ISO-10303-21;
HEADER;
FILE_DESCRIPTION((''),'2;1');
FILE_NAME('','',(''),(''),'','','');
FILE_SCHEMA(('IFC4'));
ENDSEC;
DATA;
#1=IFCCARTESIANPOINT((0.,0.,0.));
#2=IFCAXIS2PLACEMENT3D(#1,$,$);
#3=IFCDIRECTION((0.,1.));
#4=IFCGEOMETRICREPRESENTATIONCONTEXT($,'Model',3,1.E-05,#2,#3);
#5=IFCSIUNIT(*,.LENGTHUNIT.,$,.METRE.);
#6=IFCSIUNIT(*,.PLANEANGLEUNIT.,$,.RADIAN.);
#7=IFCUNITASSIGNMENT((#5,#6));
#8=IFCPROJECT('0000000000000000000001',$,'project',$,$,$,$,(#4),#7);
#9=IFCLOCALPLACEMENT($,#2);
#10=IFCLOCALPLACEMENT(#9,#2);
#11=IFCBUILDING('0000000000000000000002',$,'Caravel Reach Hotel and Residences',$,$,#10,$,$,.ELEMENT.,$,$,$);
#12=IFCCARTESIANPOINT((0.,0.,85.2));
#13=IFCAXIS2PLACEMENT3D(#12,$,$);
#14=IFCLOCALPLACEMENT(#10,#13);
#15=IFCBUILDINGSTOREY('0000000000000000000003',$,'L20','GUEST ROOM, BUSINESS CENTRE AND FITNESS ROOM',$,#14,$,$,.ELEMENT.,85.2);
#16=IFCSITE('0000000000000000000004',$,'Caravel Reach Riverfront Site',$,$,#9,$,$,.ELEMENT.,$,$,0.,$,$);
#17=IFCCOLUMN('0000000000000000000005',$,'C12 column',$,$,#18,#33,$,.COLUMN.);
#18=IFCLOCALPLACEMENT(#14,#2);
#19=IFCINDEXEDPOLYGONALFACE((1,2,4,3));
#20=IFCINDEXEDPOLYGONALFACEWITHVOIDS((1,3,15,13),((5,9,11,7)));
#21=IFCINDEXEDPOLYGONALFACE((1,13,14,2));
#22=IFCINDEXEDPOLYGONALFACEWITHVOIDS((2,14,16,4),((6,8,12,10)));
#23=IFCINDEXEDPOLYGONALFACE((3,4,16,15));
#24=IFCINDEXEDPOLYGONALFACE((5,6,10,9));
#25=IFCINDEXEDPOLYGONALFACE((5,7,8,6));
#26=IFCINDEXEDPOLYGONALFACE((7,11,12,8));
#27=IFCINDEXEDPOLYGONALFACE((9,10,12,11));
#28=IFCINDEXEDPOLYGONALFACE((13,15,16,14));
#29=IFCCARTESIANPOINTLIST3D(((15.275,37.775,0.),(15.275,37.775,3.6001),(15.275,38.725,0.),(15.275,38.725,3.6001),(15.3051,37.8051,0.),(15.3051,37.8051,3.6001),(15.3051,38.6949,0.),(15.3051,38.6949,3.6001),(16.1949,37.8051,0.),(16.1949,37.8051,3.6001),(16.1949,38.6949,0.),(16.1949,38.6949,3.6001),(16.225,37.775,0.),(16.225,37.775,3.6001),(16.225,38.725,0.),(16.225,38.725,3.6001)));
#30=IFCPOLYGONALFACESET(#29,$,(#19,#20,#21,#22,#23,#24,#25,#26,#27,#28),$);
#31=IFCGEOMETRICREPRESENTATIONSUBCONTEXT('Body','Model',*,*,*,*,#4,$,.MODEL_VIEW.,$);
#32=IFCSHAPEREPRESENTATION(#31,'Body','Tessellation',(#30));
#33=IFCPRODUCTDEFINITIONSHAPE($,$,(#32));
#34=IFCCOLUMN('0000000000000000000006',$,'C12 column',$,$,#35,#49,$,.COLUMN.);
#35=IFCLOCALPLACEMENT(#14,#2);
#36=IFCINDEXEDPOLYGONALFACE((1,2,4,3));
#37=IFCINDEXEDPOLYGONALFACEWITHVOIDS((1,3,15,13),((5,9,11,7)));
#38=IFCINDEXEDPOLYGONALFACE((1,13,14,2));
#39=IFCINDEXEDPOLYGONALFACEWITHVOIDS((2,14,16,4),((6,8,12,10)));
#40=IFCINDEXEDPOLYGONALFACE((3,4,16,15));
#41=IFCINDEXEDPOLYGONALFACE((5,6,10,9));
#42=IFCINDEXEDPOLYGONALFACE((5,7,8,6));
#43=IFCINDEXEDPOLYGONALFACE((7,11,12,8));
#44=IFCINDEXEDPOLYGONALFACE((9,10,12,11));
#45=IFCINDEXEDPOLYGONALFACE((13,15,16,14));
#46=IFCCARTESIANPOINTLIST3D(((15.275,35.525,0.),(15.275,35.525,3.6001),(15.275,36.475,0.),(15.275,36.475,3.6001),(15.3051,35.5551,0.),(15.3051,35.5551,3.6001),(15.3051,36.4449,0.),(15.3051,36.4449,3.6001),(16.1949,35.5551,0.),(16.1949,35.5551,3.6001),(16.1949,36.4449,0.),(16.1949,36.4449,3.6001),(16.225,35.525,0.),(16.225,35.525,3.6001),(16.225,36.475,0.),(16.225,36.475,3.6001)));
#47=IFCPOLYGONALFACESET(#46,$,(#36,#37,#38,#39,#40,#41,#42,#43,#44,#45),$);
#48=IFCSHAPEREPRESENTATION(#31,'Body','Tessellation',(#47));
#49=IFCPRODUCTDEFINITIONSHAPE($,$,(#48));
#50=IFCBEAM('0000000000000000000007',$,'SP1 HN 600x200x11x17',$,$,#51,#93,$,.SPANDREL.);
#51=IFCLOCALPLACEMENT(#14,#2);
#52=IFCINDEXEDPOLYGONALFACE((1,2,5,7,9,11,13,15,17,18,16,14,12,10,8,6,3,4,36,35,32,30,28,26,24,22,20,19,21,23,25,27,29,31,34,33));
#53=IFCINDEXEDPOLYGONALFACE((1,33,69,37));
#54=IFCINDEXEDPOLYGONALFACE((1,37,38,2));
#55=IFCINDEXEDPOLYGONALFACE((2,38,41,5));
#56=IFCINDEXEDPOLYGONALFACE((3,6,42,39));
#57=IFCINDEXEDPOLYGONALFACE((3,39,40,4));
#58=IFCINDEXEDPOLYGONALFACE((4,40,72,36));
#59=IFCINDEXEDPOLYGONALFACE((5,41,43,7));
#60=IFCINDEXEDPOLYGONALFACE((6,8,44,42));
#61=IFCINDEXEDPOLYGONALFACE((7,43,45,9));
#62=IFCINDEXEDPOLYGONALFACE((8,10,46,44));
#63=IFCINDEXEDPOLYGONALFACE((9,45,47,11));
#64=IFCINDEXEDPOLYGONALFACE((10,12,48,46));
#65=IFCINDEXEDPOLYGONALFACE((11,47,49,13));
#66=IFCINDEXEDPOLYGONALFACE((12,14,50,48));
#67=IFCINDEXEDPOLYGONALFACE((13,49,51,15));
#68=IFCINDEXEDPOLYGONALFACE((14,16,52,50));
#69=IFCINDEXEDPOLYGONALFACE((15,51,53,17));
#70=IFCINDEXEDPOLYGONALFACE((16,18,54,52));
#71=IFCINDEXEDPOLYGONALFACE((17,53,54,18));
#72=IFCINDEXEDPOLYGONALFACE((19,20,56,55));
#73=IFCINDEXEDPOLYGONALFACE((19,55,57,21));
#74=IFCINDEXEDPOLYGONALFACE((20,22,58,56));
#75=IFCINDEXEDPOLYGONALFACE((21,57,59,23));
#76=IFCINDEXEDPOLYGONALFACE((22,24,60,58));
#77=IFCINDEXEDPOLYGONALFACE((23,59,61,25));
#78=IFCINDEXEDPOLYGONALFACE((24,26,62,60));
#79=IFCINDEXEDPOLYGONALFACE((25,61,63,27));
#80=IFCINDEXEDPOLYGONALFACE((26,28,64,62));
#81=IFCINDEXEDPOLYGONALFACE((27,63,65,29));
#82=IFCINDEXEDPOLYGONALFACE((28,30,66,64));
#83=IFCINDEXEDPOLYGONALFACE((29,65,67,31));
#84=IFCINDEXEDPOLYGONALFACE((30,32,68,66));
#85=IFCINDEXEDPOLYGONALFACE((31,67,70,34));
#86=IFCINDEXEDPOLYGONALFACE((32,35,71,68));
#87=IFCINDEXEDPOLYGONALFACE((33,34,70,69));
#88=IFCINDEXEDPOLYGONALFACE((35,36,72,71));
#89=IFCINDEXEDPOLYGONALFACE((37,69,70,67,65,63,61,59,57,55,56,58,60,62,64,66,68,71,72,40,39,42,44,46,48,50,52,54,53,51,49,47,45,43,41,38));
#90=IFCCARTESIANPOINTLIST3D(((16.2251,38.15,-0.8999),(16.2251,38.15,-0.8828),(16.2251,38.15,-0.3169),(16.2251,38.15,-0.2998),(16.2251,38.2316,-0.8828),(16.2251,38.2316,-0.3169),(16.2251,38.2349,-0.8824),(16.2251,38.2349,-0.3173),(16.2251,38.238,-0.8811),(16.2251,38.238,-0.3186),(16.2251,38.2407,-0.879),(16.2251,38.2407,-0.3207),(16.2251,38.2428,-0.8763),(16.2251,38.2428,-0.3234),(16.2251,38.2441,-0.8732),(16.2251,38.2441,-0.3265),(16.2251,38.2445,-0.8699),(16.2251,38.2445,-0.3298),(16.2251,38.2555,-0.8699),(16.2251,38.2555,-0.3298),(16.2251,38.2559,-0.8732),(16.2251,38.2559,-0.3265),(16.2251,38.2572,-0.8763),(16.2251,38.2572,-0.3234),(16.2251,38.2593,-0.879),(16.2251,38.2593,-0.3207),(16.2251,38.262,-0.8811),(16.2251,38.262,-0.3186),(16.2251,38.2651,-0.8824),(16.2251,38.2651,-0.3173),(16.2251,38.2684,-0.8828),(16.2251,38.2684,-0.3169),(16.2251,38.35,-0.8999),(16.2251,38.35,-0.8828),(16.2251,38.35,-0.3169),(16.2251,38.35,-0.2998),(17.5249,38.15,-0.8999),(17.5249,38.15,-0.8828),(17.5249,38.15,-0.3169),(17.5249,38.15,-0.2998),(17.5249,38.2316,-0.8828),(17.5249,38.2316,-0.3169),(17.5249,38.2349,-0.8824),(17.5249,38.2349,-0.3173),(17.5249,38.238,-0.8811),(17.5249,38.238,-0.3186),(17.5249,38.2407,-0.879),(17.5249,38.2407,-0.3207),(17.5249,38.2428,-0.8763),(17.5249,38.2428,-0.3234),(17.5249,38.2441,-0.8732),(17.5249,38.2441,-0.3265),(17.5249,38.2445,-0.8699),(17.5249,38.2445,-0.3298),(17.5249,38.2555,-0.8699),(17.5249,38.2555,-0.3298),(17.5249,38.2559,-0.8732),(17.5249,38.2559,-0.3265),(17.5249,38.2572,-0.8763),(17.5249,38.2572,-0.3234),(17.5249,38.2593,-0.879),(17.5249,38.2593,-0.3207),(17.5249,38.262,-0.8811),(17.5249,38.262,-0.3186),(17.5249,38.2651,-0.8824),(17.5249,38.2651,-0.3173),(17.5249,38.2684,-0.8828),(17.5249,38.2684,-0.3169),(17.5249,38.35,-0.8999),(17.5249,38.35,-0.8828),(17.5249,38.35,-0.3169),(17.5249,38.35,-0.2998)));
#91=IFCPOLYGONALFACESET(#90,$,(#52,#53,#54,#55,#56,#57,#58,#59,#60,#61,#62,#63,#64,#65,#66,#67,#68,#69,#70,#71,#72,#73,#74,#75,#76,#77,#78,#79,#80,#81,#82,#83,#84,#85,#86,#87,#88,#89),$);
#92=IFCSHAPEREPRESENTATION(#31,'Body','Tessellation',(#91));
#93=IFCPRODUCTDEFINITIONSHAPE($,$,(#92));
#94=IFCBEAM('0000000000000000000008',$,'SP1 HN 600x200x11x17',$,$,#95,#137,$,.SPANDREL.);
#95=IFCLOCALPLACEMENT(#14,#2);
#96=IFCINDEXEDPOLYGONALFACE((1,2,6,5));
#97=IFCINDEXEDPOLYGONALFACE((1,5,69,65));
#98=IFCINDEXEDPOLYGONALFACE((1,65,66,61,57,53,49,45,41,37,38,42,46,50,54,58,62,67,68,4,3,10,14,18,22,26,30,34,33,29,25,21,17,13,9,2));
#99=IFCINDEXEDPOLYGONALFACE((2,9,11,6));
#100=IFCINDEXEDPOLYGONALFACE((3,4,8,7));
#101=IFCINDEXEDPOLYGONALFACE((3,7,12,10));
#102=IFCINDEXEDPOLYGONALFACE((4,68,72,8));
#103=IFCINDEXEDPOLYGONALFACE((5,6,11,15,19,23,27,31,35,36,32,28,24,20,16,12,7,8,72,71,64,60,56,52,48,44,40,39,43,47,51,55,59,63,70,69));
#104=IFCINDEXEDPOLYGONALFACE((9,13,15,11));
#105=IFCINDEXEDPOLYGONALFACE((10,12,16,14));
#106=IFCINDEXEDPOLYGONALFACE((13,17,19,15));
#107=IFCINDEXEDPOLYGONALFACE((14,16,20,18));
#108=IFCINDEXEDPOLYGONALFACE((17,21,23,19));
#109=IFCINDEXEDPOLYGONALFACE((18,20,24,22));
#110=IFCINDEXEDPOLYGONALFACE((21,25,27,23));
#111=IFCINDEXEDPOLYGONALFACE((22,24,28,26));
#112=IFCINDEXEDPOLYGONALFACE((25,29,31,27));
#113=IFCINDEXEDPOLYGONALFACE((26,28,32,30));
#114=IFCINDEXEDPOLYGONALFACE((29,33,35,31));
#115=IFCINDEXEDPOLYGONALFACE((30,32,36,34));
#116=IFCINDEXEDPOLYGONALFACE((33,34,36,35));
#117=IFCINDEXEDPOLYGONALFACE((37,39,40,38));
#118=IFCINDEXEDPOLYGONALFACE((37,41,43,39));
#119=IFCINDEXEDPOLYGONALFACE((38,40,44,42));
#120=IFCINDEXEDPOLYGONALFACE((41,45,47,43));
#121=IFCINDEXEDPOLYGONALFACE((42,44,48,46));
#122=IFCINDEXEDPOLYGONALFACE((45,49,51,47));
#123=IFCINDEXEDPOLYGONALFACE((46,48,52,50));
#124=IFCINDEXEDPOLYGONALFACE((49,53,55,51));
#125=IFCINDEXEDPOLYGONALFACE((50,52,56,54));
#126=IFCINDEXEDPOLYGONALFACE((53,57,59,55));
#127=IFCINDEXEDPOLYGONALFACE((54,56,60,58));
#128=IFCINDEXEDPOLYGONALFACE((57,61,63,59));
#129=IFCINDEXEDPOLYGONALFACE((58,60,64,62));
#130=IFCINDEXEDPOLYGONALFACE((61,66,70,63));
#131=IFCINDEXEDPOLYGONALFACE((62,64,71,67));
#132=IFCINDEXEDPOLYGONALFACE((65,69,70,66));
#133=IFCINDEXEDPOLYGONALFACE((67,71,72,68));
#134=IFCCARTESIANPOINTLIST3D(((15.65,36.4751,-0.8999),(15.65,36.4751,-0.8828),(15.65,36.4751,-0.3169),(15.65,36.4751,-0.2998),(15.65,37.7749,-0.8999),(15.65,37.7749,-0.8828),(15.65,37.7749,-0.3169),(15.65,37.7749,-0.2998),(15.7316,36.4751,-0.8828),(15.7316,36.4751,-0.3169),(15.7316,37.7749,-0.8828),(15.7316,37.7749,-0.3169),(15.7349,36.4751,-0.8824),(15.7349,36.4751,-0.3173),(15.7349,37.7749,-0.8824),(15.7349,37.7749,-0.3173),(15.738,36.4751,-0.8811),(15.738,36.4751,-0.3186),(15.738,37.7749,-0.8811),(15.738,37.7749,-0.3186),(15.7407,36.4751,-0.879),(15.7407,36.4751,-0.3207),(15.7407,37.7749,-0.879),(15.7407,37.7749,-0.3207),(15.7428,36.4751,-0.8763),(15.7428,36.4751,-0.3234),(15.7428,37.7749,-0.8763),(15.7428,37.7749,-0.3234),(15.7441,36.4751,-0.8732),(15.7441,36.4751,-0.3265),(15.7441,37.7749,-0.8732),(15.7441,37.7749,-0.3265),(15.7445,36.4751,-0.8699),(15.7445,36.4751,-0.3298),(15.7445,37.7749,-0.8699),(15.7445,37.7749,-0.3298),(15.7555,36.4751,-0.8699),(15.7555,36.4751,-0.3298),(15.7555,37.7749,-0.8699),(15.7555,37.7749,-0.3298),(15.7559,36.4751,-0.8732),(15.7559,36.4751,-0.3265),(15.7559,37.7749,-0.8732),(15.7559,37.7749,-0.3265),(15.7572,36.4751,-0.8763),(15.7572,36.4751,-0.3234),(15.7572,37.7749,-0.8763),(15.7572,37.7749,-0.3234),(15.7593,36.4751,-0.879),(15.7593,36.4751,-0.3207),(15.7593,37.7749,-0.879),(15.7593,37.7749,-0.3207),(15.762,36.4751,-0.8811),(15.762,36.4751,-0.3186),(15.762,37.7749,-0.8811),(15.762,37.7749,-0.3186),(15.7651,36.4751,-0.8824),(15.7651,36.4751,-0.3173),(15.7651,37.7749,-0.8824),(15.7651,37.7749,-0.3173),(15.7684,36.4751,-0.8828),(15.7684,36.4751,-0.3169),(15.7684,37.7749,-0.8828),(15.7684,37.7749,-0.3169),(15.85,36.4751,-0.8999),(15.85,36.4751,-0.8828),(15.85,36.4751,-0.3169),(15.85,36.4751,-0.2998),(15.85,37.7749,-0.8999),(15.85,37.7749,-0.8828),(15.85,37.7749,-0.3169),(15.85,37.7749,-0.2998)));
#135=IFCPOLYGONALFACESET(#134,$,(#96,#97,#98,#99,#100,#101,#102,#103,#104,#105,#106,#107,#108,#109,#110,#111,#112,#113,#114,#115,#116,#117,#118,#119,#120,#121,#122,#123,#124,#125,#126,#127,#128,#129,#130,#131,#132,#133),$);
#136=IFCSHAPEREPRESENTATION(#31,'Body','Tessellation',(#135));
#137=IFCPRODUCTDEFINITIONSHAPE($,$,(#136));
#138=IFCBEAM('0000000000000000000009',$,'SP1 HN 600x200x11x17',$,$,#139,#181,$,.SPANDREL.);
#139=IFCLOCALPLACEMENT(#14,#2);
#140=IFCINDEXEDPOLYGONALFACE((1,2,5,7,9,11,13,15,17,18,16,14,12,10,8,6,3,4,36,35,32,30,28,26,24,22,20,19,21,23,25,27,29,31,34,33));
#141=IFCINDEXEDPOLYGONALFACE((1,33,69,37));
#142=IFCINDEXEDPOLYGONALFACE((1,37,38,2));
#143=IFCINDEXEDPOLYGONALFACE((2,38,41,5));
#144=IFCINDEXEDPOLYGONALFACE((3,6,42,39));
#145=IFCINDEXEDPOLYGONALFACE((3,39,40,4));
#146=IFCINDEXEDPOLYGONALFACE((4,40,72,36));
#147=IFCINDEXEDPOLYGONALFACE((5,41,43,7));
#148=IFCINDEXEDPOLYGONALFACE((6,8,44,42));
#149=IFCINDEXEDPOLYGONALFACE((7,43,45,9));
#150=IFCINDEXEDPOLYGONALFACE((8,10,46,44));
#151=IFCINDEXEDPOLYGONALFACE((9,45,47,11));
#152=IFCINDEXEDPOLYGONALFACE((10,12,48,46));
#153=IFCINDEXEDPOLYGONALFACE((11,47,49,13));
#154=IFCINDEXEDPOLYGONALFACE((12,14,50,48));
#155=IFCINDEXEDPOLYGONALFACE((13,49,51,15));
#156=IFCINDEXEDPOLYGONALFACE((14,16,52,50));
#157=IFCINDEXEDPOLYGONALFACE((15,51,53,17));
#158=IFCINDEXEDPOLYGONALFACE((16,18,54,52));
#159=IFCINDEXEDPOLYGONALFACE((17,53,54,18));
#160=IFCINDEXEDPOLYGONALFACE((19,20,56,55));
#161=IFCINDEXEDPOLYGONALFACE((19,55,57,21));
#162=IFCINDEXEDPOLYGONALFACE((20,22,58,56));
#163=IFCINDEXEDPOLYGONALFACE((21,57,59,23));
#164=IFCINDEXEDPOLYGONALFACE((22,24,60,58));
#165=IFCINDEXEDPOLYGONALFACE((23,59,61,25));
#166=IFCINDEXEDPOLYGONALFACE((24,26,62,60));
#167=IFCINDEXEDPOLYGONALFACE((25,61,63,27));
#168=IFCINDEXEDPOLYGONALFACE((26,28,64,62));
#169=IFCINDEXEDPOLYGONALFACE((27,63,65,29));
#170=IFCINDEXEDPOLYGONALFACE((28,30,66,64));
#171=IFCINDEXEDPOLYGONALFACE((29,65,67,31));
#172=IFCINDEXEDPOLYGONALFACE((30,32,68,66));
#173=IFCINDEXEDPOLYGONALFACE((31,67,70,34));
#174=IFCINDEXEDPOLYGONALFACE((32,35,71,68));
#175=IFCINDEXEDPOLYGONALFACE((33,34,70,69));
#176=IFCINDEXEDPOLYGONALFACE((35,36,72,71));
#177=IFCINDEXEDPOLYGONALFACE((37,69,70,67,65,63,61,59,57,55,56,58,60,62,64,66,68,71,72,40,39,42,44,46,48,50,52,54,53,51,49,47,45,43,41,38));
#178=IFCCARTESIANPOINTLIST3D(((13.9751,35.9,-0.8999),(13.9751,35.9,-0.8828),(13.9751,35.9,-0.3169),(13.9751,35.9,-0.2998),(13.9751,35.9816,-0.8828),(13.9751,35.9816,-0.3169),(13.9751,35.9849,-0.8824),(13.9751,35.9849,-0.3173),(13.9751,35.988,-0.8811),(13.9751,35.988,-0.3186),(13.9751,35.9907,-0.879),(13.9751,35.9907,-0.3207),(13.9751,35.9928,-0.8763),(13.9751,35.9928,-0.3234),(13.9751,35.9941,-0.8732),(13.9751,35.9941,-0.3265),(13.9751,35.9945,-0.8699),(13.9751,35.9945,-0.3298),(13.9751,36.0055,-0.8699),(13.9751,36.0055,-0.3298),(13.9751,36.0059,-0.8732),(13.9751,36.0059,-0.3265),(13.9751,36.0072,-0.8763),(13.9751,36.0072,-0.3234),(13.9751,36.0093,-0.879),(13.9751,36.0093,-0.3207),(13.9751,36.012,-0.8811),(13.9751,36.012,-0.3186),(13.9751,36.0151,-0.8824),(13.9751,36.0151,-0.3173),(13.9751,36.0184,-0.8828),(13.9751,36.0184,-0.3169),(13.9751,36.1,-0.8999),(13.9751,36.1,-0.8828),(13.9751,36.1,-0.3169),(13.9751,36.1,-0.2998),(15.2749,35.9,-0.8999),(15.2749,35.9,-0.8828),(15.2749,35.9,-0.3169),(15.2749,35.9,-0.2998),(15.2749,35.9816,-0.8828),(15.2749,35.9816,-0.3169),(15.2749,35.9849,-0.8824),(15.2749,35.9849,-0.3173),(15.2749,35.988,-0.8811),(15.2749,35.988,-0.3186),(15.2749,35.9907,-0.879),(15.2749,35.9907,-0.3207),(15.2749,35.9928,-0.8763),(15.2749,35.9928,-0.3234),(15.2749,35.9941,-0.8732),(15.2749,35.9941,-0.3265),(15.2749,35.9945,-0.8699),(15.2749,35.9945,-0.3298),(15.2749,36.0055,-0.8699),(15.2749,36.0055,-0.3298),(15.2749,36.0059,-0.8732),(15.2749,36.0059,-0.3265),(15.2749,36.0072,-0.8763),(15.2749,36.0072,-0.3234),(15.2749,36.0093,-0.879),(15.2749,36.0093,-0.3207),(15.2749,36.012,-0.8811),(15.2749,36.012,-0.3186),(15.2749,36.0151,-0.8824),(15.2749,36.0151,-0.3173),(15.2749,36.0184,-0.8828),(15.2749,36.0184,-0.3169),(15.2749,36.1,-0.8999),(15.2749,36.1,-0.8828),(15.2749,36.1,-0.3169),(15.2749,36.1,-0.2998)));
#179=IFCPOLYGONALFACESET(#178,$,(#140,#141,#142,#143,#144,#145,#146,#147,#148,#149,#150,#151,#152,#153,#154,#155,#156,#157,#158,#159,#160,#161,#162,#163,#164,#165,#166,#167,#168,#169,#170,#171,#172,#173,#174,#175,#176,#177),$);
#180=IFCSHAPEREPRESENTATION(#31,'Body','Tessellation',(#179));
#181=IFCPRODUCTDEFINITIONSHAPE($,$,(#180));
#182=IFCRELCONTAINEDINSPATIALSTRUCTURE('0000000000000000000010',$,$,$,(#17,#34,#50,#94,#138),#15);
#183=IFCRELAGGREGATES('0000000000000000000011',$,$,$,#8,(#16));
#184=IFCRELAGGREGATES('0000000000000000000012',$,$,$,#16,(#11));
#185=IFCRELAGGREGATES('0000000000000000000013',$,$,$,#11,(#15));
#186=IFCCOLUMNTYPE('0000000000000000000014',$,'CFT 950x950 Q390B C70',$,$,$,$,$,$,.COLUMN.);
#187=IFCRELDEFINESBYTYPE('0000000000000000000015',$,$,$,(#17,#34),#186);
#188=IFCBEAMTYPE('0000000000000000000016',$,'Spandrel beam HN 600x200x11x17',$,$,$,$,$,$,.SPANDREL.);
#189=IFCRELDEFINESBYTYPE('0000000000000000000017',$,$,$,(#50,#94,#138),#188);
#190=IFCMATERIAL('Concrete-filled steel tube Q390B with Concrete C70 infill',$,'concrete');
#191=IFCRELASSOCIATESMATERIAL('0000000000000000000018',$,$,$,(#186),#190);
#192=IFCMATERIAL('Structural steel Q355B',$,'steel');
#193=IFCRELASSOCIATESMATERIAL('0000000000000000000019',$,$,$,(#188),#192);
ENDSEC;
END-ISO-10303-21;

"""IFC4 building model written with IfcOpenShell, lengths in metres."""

from ifc_helpers import new_model, si_unit, direction, frame, origin, origin_2d, place, context, subcontext, project, spatial, hollow_rectangle, i_section, extrude, material, material_profile, profile_set, type_object, element, save


model = new_model("IFC4")

# Units and contexts
model_context = context("Model", 3, precision=1e-05, world=origin(), true_north=direction((0.0, 1.0)))
body_context = subcontext(model_context, "Body", "Model", "MODEL_VIEW")
ifc_project = project(units=[si_unit("LENGTHUNIT", "METRE"), si_unit("PLANEANGLEUNIT", "RADIAN")], contexts=[model_context])

# Site, building, storey
site_placement = place(None, origin())
site = spatial("IfcSite", under=ifc_project, at=site_placement, Name="Caravel Reach Riverfront Site", CompositionType="ELEMENT", RefElevation=0.0)
building_placement = place(site_placement, origin())
building = spatial("IfcBuilding", under=site, at=building_placement, Name="Caravel Reach Hotel and Residences", CompositionType="ELEMENT")
storey_placement = place(building_placement, frame((0.0, 0.0, 85.2)))
storey = spatial("IfcBuildingStorey", under=building, at=storey_placement, Name="L20", Description="GUEST ROOM, BUSINESS CENTRE AND FITNESS ROOM", CompositionType="ELEMENT", Elevation=85.2)

# Columns
ifc_material_1 = material(Name="Concrete-filled steel tube Q390B with Concrete C70 infill", Category="concrete")
ifc_material_profile_1 = material_profile(ifc_material_1, hollow_rectangle(XDim=0.95, YDim=0.95, WallThickness=0.03, at=origin_2d()), Name="RHS 950x950x30")
ifc_profile_set_1 = profile_set([ifc_material_profile_1], Name="Concrete-filled steel tube Q390B with Concrete C70 infill")
column_type = type_object("IfcColumnType", Name="CFT 950x950 Q390B C70", PredefinedType="COLUMN", material=ifc_profile_set_1)
for number, where, z_axis, x_axis, name in (
    (1, (15.75, 38.25, 0.0), (0.0, 0.0, 1.0), (1.0, 0.0, 0.0), "C12 column"),
    (2, (15.75, 36.0, 0.0), (0.0, 0.0, 1.0), (1.0, 0.0, 0.0), "C12 column"),
):
    element("IfcColumn", number, at=place(storey_placement, frame(where, z_axis=z_axis, x_axis=x_axis)), inside=storey, type_object=column_type, Name=name, PredefinedType="COLUMN", context=body_context, shape_type="SweptSolid", body=[
        extrude(hollow_rectangle(XDim=0.95, YDim=0.95, WallThickness=0.03, at=origin_2d()), origin(), (0.0, 0.0, 1.0), 3.6001),
    ])

# Beams
ifc_material_2 = material(Name="Structural steel Q355B", Category="steel")
ifc_material_profile_2 = material_profile(ifc_material_2, i_section(OverallWidth=0.2, OverallDepth=0.6001, WebThickness=0.011, FlangeThickness=0.0171, FilletRadius=0.0129, at=origin_2d()), Name="HN 600x200x11x17")
ifc_profile_set_2 = profile_set([ifc_material_profile_2], Name="Structural steel Q355B")
beam_type = type_object("IfcBeamType", Name="Spandrel beam HN 600x200x11x17", PredefinedType="SPANDREL", material=ifc_profile_set_2)
for number, where, z_axis, x_axis, name in (
    (3, (17.5249, 38.25, -0.5999), (-1.0, 0.0, 0.0), (0.0, -1.0, 0.0), "SP1 HN 600x200x11x17"),
    (4, (15.75, 37.7749, -0.5999), (0.0, -1.0, 0.0), (1.0, 0.0, 0.0), "SP1 HN 600x200x11x17"),
    (5, (15.2749, 36.0, -0.5999), (-1.0, 0.0, 0.0), (0.0, -1.0, 0.0), "SP1 HN 600x200x11x17"),
):
    element("IfcBeam", number, at=place(storey_placement, frame(where, z_axis=z_axis, x_axis=x_axis)), inside=storey, type_object=beam_type, Name=name, PredefinedType="SPANDREL", context=body_context, shape_type="SweptSolid", body=[
        extrude(i_section(OverallWidth=0.2, OverallDepth=0.6001, WebThickness=0.011, FlangeThickness=0.0171, FilletRadius=0.0129, at=origin_2d()), origin(), (0.0, 0.0, 1.0), 1.2998),
    ])

save(model, "model.ifc")
